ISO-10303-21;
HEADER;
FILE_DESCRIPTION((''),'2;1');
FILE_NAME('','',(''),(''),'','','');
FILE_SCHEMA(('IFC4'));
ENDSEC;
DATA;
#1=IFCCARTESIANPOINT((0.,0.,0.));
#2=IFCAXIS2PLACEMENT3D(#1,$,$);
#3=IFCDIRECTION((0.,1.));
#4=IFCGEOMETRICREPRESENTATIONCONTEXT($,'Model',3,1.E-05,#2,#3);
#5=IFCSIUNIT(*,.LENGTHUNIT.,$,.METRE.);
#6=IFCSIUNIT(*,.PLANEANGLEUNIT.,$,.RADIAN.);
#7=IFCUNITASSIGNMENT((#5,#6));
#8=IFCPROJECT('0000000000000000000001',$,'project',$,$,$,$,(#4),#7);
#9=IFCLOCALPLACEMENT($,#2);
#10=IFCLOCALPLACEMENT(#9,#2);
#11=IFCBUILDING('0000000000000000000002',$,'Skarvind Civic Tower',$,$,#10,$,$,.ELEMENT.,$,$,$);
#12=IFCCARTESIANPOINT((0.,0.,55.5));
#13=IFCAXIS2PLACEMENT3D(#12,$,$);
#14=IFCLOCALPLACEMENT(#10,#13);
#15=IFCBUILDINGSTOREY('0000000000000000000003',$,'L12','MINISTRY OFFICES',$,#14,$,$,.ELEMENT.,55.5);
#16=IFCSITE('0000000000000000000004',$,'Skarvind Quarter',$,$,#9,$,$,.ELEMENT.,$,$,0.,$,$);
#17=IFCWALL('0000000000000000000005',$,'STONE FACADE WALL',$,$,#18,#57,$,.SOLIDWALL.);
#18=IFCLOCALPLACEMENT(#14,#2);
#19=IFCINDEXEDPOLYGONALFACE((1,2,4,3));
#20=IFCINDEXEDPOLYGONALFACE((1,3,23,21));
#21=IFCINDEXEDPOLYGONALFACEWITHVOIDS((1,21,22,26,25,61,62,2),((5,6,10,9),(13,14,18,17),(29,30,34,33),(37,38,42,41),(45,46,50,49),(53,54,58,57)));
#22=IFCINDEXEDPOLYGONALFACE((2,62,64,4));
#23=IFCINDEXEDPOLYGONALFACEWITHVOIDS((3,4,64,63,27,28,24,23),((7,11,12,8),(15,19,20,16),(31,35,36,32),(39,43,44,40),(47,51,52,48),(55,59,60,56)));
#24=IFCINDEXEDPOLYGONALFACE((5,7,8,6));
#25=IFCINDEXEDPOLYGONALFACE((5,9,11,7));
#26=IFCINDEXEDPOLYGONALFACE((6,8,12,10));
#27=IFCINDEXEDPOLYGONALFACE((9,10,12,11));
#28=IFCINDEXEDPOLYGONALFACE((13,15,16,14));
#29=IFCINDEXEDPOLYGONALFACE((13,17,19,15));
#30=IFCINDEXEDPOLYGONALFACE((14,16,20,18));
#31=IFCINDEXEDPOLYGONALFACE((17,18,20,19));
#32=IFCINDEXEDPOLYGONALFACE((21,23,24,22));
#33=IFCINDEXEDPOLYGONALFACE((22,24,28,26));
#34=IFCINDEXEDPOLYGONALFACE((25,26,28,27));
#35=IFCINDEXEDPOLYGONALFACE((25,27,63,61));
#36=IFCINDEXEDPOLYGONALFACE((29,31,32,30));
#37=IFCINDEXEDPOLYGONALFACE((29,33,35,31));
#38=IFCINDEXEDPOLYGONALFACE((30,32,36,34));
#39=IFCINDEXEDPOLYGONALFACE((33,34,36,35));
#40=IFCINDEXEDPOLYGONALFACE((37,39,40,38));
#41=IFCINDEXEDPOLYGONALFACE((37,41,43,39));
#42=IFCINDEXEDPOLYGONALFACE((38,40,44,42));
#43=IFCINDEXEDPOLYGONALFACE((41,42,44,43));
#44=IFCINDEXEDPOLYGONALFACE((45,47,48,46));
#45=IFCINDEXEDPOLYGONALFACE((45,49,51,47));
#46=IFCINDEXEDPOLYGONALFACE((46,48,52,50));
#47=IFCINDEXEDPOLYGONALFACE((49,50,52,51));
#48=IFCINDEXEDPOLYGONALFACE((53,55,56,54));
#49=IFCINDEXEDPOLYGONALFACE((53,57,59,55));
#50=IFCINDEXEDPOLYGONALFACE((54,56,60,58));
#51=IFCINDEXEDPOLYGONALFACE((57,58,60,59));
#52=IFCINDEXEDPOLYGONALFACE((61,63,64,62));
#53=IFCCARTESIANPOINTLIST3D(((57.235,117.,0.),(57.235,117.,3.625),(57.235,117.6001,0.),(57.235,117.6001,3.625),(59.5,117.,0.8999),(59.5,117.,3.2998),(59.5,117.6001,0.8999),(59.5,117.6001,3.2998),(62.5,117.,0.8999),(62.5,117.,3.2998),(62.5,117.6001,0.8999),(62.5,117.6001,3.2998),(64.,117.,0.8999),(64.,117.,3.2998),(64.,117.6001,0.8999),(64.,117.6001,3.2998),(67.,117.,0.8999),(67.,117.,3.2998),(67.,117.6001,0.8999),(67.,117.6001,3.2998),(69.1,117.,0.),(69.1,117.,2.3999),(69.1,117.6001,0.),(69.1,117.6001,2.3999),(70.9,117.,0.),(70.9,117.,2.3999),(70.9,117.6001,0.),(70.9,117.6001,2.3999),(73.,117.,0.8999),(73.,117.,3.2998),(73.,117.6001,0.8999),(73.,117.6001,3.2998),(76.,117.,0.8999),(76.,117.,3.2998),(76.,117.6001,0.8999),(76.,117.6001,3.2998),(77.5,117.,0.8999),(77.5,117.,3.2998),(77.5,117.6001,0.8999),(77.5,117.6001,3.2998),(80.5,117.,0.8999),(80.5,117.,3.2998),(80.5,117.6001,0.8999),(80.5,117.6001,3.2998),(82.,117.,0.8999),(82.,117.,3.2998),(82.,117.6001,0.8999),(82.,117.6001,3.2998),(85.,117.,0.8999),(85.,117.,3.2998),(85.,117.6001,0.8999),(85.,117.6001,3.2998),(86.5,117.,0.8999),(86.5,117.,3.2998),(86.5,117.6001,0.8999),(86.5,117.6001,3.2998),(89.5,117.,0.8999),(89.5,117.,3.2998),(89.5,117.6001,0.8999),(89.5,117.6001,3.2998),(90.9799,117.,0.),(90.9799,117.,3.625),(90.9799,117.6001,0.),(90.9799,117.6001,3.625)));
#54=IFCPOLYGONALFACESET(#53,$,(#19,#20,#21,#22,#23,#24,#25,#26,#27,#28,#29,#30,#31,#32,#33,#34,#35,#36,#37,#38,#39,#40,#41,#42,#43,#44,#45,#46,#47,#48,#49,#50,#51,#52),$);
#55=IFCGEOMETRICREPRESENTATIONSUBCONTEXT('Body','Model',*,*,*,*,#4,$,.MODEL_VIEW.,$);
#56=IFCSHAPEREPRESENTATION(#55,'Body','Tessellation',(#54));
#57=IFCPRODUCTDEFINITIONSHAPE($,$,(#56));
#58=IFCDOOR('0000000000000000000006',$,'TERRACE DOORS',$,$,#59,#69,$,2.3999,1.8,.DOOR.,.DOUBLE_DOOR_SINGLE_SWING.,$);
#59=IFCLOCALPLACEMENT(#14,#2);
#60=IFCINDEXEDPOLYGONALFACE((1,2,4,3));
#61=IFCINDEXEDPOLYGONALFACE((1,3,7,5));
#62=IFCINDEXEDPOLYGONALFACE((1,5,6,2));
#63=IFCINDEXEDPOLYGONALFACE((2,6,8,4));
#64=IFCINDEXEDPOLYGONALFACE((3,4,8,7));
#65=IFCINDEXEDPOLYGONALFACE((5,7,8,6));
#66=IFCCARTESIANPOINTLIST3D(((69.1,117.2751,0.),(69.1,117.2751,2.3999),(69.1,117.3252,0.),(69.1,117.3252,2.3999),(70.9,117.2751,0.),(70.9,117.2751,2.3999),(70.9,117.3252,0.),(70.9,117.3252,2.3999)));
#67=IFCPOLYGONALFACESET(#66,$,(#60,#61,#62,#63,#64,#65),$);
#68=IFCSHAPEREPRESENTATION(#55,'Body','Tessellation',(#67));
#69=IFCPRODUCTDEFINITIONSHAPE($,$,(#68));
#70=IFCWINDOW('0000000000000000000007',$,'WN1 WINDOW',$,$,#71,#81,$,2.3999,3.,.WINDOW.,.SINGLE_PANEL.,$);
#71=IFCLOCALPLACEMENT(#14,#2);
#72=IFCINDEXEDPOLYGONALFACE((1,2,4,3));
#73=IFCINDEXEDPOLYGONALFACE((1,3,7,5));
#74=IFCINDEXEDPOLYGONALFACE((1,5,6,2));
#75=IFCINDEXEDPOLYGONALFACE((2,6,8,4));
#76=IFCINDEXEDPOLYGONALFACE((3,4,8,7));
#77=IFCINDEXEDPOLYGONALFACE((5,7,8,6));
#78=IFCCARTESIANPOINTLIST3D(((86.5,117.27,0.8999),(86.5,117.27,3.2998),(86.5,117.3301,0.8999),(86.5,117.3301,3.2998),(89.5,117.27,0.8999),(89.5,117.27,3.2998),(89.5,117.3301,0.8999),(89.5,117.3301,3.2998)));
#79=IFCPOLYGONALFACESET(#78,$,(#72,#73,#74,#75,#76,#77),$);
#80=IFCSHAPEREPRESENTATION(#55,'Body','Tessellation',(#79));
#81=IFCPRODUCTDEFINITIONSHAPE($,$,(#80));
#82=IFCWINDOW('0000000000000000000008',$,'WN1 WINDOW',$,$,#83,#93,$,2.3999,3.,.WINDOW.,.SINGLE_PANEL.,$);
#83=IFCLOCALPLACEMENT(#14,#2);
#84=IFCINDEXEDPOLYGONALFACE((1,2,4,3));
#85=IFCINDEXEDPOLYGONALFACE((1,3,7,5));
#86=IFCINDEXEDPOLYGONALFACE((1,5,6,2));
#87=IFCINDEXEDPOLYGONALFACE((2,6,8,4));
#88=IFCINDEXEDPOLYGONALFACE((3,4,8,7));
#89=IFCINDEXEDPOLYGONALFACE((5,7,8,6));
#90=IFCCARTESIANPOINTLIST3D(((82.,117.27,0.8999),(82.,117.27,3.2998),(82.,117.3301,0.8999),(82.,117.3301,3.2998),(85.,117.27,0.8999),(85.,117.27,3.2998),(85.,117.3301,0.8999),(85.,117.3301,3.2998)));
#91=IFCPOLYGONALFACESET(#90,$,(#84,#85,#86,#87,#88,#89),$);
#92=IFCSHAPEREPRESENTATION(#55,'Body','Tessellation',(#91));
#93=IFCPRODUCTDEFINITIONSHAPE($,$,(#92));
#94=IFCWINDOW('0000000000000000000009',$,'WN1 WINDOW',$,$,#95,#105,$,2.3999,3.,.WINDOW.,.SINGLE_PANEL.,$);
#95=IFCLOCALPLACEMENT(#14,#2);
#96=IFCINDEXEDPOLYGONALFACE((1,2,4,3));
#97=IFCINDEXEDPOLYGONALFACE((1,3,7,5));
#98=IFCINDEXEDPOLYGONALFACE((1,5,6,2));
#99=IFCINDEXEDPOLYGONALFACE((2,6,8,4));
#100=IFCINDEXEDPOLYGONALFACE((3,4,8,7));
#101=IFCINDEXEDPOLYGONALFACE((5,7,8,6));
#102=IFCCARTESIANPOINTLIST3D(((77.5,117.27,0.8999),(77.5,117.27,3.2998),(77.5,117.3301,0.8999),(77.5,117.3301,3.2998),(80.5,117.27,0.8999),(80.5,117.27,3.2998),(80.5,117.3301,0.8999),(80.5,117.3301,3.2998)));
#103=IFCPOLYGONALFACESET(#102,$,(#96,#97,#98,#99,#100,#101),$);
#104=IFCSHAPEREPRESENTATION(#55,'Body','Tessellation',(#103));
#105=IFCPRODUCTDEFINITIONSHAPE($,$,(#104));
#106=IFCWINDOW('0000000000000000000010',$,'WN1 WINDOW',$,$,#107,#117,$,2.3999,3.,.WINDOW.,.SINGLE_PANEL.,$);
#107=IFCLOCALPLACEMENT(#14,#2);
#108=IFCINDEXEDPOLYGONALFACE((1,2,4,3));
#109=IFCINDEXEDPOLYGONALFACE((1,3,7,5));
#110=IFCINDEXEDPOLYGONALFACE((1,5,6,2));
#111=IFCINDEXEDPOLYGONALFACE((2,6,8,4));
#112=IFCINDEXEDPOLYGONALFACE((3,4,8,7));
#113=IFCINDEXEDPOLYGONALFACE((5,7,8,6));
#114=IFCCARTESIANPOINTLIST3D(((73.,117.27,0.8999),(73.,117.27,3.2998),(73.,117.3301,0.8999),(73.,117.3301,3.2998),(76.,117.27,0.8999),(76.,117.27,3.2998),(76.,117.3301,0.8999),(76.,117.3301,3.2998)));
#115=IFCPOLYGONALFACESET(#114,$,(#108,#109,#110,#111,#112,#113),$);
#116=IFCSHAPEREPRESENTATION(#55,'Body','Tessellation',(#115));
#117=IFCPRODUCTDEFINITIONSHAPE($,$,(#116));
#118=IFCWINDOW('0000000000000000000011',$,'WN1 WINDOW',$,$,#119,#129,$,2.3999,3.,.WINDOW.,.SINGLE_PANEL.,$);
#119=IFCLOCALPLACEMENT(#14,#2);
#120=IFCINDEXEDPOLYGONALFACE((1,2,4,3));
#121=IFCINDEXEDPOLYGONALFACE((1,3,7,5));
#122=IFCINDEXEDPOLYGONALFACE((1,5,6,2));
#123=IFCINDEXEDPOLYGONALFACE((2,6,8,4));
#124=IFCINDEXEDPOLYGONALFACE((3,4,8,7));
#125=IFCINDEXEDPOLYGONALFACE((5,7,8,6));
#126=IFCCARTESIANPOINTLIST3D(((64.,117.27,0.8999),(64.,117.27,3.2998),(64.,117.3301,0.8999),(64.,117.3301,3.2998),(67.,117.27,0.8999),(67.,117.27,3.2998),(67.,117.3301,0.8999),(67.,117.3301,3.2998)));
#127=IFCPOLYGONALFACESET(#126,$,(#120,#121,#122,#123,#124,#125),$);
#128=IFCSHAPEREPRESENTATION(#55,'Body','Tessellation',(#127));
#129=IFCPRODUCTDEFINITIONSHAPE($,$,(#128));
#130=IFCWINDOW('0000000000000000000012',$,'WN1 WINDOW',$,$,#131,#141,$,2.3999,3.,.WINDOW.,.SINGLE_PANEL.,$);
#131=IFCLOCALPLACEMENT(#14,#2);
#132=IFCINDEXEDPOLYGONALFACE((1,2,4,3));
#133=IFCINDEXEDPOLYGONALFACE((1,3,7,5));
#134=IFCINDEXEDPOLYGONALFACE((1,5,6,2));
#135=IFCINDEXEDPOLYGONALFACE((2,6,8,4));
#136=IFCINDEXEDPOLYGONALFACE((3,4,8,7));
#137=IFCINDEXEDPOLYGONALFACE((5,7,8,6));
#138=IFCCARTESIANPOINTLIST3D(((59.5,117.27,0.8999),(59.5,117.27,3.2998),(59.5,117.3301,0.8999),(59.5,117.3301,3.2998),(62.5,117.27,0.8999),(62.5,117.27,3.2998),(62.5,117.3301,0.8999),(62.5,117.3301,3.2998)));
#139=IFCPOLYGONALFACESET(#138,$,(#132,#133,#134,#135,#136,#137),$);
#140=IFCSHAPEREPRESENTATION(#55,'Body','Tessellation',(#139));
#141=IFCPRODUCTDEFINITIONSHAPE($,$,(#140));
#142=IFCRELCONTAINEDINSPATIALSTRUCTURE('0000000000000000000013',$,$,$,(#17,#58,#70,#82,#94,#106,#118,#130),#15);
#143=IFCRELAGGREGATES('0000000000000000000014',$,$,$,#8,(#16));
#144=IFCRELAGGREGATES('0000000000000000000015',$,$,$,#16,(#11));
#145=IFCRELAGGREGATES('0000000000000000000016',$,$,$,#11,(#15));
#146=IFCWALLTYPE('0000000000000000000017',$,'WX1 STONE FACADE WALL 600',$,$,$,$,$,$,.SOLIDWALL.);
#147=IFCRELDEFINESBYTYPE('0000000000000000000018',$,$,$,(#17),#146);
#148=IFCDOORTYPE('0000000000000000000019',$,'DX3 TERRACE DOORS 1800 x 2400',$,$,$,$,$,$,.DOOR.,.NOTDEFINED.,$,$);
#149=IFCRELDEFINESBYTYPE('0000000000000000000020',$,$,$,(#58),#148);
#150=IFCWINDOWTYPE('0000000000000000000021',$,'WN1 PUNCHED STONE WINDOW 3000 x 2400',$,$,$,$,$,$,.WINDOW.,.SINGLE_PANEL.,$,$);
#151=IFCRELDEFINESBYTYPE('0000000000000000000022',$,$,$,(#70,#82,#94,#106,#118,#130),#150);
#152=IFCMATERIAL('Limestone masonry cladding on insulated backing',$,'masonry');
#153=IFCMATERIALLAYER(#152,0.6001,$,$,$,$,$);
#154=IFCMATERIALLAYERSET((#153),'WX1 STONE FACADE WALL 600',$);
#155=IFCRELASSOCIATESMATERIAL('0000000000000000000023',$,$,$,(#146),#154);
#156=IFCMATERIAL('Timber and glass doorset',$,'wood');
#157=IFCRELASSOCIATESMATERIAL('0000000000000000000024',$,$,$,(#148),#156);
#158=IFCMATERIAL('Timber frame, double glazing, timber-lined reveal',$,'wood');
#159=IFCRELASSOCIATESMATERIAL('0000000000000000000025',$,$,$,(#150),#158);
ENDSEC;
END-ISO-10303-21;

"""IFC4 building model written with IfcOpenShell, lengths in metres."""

from ifc_helpers import new_model, si_unit, direction, frame, frame_2d, origin, place, context, subcontext, project, spatial, rectangle, extrude, material, layer, layer_set, type_object, element, fill, save


model = new_model("IFC4")

# Units and contexts
model_context = context("Model", 3, precision=1e-05, world=origin(), true_north=direction((0.0, 1.0)))
body_context = subcontext(model_context, "Body", "Model", "MODEL_VIEW")
ifc_project = project(units=[si_unit("LENGTHUNIT", "METRE"), si_unit("PLANEANGLEUNIT", "RADIAN")], contexts=[model_context])

# Site, building, storey
site_placement = place(None, origin())
site = spatial("IfcSite", under=ifc_project, at=site_placement, Name="Skarvind Quarter", CompositionType="ELEMENT", RefElevation=0.0)
building_placement = place(site_placement, origin())
building = spatial("IfcBuilding", under=site, at=building_placement, Name="Skarvind Civic Tower", CompositionType="ELEMENT")
storey_placement = place(building_placement, frame((0.0, 0.0, 55.5)))
storey = spatial("IfcBuildingStorey", under=building, at=storey_placement, Name="L12", Description="MINISTRY OFFICES", CompositionType="ELEMENT", Elevation=55.5)

# Wall, openings, door, windows
ifc_material_1 = material(Name="Limestone masonry cladding on insulated backing", Category="masonry")
ifc_layer_1 = layer(ifc_material_1, 0.6001)
ifc_layer_set_1 = layer_set([ifc_layer_1], Name="WX1 STONE FACADE WALL 600")
wall_type_1 = type_object("IfcWallType", Name="WX1 STONE FACADE WALL 600", PredefinedType="SOLIDWALL", material=ifc_layer_set_1)
wall_1_placement = place(storey_placement, frame((90.98, 117.3, 0.0), z_axis=(0.0, 0.0, 1.0), x_axis=(-1.0, 0.0, 0.0)))
wall_1 = element("IfcWall", 1, at=wall_1_placement, inside=storey, type_object=wall_type_1, Name="STONE FACADE WALL", PredefinedType="SOLIDWALL", context=body_context, shape_type="SweptSolid", body=[
    extrude(rectangle(XDim=33.7449, YDim=0.6001, at=frame_2d((16.8726, 0.0))), origin(), (0.0, 0.0, 1.0), 3.625),
])
opening_1_placement = place(wall_1_placement, frame((1.48, 0.0, 0.8999)))
opening_1 = element("IfcOpeningElement", 2, at=opening_1_placement, cuts=wall_1, PredefinedType="OPENING", context=body_context, shape_type="SweptSolid", body=[
    extrude(rectangle(XDim=3.0, YDim=2.3999, at=frame_2d((1.5, 1.2))), frame((0.0, 0.3101, 0.0), z_axis=(0.0, -1.0, 0.0), x_axis=(1.0, 0.0, 0.0)), (0.0, 0.0, 1.0), 0.6201),
])
opening_2_placement = place(wall_1_placement, frame((5.98, 0.0, 0.8999)))
opening_2 = element("IfcOpeningElement", 3, at=opening_2_placement, cuts=wall_1, PredefinedType="OPENING", context=body_context, shape_type="SweptSolid", body=[
    extrude(rectangle(XDim=3.0, YDim=2.3999, at=frame_2d((1.5, 1.2))), frame((0.0, 0.3101, 0.0), z_axis=(0.0, -1.0, 0.0), x_axis=(1.0, 0.0, 0.0)), (0.0, 0.0, 1.0), 0.6201),
])
opening_3_placement = place(wall_1_placement, frame((10.48, 0.0, 0.8999)))
opening_3 = element("IfcOpeningElement", 4, at=opening_3_placement, cuts=wall_1, PredefinedType="OPENING", context=body_context, shape_type="SweptSolid", body=[
    extrude(rectangle(XDim=3.0, YDim=2.3999, at=frame_2d((1.5, 1.2))), frame((0.0, 0.3101, 0.0), z_axis=(0.0, -1.0, 0.0), x_axis=(1.0, 0.0, 0.0)), (0.0, 0.0, 1.0), 0.6201),
])
opening_4_placement = place(wall_1_placement, frame((14.98, 0.0, 0.8999)))
opening_4 = element("IfcOpeningElement", 5, at=opening_4_placement, cuts=wall_1, PredefinedType="OPENING", context=body_context, shape_type="SweptSolid", body=[
    extrude(rectangle(XDim=3.0, YDim=2.3999, at=frame_2d((1.5, 1.2))), frame((0.0, 0.3101, 0.0), z_axis=(0.0, -1.0, 0.0), x_axis=(1.0, 0.0, 0.0)), (0.0, 0.0, 1.0), 0.6201),
])
opening_5_placement = place(wall_1_placement, frame((20.0801, 0.0, 0.0)))
opening_5 = element("IfcOpeningElement", 6, at=opening_5_placement, cuts=wall_1, PredefinedType="OPENING", context=body_context, shape_type="SweptSolid", body=[
    extrude(rectangle(XDim=1.8, YDim=2.3999, at=frame_2d((0.8999, 1.2))), frame((0.0, 0.3101, 0.0), z_axis=(0.0, -1.0, 0.0), x_axis=(1.0, 0.0, 0.0)), (0.0, 0.0, 1.0), 0.6201),
])
opening_6_placement = place(wall_1_placement, frame((23.98, 0.0, 0.8999)))
opening_6 = element("IfcOpeningElement", 7, at=opening_6_placement, cuts=wall_1, PredefinedType="OPENING", context=body_context, shape_type="SweptSolid", body=[
    extrude(rectangle(XDim=3.0, YDim=2.3999, at=frame_2d((1.5, 1.2))), frame((0.0, 0.3101, 0.0), z_axis=(0.0, -1.0, 0.0), x_axis=(1.0, 0.0, 0.0)), (0.0, 0.0, 1.0), 0.6201),
])
opening_7_placement = place(wall_1_placement, frame((28.48, 0.0, 0.8999)))
opening_7 = element("IfcOpeningElement", 8, at=opening_7_placement, cuts=wall_1, PredefinedType="OPENING", context=body_context, shape_type="SweptSolid", body=[
    extrude(rectangle(XDim=3.0, YDim=2.3999, at=frame_2d((1.5, 1.2))), frame((0.0, 0.3101, 0.0), z_axis=(0.0, -1.0, 0.0), x_axis=(1.0, 0.0, 0.0)), (0.0, 0.0, 1.0), 0.6201),
])
ifc_material_2 = material(Name="Timber and glass doorset", Category="wood")
door_type_1 = type_object("IfcDoorType", Name="DX3 TERRACE DOORS 1800 x 2400", OperationType="NOTDEFINED", PredefinedType="DOOR", material=ifc_material_2)
door_1_placement = place(opening_5_placement, origin())
door_1 = element("IfcDoor", 9, at=door_1_placement, inside=storey, type_object=door_type_1, Name="TERRACE DOORS", OperationType="DOUBLE_DOOR_SINGLE_SWING", OverallHeight=2.3999, OverallWidth=1.8, PredefinedType="DOOR", context=body_context, shape_type="SweptSolid", body=[
    extrude(rectangle(XDim=1.8, YDim=2.3999, at=frame_2d((0.8999, 1.2))), frame((0.0, 0.0249, 0.0), z_axis=(0.0, -1.0, 0.0), x_axis=(1.0, 0.0, 0.0)), (0.0, 0.0, 1.0), 0.05),
])
fill(opening_5, door_1)
ifc_material_3 = material(Name="Timber frame, double glazing, timber-lined reveal", Category="wood")
window_type = type_object("IfcWindowType", Name="WN1 PUNCHED STONE WINDOW 3000 x 2400", PartitioningType="SINGLE_PANEL", PredefinedType="WINDOW", material=ifc_material_3)
window_1_placement = place(opening_1_placement, origin())
window_1 = element("IfcWindow", 10, at=window_1_placement, inside=storey, type_object=window_type, Name="WN1 WINDOW", OverallHeight=2.3999, OverallWidth=3.0, PartitioningType="SINGLE_PANEL", PredefinedType="WINDOW", context=body_context, shape_type="SweptSolid", body=[
    extrude(rectangle(XDim=3.0, YDim=2.3999, at=frame_2d((1.5, 1.2))), frame((0.0, 0.03, 0.0), z_axis=(0.0, -1.0, 0.0), x_axis=(1.0, 0.0, 0.0)), (0.0, 0.0, 1.0), 0.0601),
])
fill(opening_1, window_1)
window_2_placement = place(opening_2_placement, origin())
window_2 = element("IfcWindow", 11, at=window_2_placement, inside=storey, type_object=window_type, Name="WN1 WINDOW", OverallHeight=2.3999, OverallWidth=3.0, PartitioningType="SINGLE_PANEL", PredefinedType="WINDOW", context=body_context, shape_type="SweptSolid", body=[
    extrude(rectangle(XDim=3.0, YDim=2.3999, at=frame_2d((1.5, 1.2))), frame((0.0, 0.03, 0.0), z_axis=(0.0, -1.0, 0.0), x_axis=(1.0, 0.0, 0.0)), (0.0, 0.0, 1.0), 0.0601),
])
fill(opening_2, window_2)
window_3_placement = place(opening_3_placement, origin())
window_3 = element("IfcWindow", 12, at=window_3_placement, inside=storey, type_object=window_type, Name="WN1 WINDOW", OverallHeight=2.3999, OverallWidth=3.0, PartitioningType="SINGLE_PANEL", PredefinedType="WINDOW", context=body_context, shape_type="SweptSolid", body=[
    extrude(rectangle(XDim=3.0, YDim=2.3999, at=frame_2d((1.5, 1.2))), frame((0.0, 0.03, 0.0), z_axis=(0.0, -1.0, 0.0), x_axis=(1.0, 0.0, 0.0)), (0.0, 0.0, 1.0), 0.0601),
])
fill(opening_3, window_3)
window_4_placement = place(opening_4_placement, origin())
window_4 = element("IfcWindow", 13, at=window_4_placement, inside=storey, type_object=window_type, Name="WN1 WINDOW", OverallHeight=2.3999, OverallWidth=3.0, PartitioningType="SINGLE_PANEL", PredefinedType="WINDOW", context=body_context, shape_type="SweptSolid", body=[
    extrude(rectangle(XDim=3.0, YDim=2.3999, at=frame_2d((1.5, 1.2))), frame((0.0, 0.03, 0.0), z_axis=(0.0, -1.0, 0.0), x_axis=(1.0, 0.0, 0.0)), (0.0, 0.0, 1.0), 0.0601),
])
fill(opening_4, window_4)
window_5_placement = place(opening_6_placement, origin())
window_5 = element("IfcWindow", 14, at=window_5_placement, inside=storey, type_object=window_type, Name="WN1 WINDOW", OverallHeight=2.3999, OverallWidth=3.0, PartitioningType="SINGLE_PANEL", PredefinedType="WINDOW", context=body_context, shape_type="SweptSolid", body=[
    extrude(rectangle(XDim=3.0, YDim=2.3999, at=frame_2d((1.5, 1.2))), frame((0.0, 0.03, 0.0), z_axis=(0.0, -1.0, 0.0), x_axis=(1.0, 0.0, 0.0)), (0.0, 0.0, 1.0), 0.0601),
])
fill(opening_6, window_5)
window_6_placement = place(opening_7_placement, origin())
window_6 = element("IfcWindow", 15, at=window_6_placement, inside=storey, type_object=window_type, Name="WN1 WINDOW", OverallHeight=2.3999, OverallWidth=3.0, PartitioningType="SINGLE_PANEL", PredefinedType="WINDOW", context=body_context, shape_type="SweptSolid", body=[
    extrude(rectangle(XDim=3.0, YDim=2.3999, at=frame_2d((1.5, 1.2))), frame((0.0, 0.03, 0.0), z_axis=(0.0, -1.0, 0.0), x_axis=(1.0, 0.0, 0.0)), (0.0, 0.0, 1.0), 0.0601),
])
fill(opening_7, window_6)

save(model, "model.ifc")
